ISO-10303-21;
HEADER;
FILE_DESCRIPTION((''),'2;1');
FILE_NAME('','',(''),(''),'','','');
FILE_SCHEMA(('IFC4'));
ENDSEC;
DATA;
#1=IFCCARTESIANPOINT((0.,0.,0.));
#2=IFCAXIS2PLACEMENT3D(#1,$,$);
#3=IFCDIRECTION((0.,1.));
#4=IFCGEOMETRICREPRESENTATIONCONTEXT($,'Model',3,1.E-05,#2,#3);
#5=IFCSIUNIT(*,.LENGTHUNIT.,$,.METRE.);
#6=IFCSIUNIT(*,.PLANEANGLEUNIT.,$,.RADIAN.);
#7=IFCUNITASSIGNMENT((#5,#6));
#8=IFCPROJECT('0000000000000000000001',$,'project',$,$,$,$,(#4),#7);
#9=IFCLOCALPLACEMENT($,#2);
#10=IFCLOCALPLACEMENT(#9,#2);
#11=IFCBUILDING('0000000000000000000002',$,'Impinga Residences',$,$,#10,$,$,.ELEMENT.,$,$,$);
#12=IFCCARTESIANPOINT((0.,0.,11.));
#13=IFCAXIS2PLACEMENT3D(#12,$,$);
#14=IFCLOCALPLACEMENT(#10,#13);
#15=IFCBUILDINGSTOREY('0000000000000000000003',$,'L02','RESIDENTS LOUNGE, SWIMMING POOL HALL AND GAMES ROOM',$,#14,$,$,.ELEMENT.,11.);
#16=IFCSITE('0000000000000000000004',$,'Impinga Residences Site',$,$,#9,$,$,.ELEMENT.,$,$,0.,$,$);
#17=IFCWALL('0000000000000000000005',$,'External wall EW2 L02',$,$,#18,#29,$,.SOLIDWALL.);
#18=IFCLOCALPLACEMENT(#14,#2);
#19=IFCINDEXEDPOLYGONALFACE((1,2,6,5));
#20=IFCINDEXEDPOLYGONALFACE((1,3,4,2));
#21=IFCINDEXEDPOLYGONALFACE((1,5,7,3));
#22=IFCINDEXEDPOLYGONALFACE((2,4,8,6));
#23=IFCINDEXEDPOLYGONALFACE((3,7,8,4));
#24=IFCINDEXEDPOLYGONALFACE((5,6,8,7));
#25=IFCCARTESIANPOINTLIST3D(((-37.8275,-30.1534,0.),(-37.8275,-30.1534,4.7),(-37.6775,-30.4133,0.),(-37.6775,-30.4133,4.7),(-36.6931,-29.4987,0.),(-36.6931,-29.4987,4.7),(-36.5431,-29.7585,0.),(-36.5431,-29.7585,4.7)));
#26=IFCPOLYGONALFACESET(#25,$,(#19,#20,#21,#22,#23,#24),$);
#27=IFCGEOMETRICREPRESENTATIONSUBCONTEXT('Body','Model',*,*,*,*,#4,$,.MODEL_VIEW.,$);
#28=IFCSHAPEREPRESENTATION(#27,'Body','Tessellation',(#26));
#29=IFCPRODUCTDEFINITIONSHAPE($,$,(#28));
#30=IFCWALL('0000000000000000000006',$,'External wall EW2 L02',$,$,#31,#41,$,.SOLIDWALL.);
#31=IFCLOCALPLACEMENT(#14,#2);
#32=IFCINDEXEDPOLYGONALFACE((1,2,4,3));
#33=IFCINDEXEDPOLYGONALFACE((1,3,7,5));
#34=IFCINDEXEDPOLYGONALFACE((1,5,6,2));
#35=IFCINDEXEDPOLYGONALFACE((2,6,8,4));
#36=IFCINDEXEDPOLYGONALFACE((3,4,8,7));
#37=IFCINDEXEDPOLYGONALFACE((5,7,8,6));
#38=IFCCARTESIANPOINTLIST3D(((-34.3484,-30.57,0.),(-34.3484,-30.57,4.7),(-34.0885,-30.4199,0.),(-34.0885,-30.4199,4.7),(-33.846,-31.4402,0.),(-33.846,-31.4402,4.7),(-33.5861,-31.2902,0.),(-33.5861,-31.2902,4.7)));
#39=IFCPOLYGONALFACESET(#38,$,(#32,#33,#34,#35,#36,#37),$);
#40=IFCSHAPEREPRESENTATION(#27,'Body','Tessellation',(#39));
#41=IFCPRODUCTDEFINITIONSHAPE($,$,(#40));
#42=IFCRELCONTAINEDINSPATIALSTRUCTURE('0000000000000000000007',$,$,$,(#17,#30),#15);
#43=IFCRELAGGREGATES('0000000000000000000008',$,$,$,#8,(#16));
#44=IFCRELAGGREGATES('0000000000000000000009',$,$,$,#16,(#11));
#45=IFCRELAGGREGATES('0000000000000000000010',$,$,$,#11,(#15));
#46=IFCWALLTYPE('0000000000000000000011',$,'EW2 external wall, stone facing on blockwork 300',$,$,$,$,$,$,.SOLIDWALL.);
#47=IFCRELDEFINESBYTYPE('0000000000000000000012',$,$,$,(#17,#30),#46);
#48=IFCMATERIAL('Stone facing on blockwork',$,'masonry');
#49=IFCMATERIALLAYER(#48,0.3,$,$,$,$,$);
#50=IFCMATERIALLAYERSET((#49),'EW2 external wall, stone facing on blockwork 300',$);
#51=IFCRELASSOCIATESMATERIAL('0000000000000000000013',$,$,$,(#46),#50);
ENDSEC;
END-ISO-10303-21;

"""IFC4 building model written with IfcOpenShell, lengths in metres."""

from ifc_helpers import new_model, si_unit, direction, frame, frame_2d, origin, place, context, subcontext, project, spatial, rectangle, extrude, material, layer, layer_set, type_object, element, save


model = new_model("IFC4")

# Units and contexts
model_context = context("Model", 3, precision=1e-05, world=origin(), true_north=direction((0.0, 1.0)))
body_context = subcontext(model_context, "Body", "Model", "MODEL_VIEW")
ifc_project = project(units=[si_unit("LENGTHUNIT", "METRE"), si_unit("PLANEANGLEUNIT", "RADIAN")], contexts=[model_context])

# Site, building, storey
site_placement = place(None, origin())
site = spatial("IfcSite", under=ifc_project, at=site_placement, Name="Impinga Residences Site", CompositionType="ELEMENT", RefElevation=0.0)
building_placement = place(site_placement, origin())
building = spatial("IfcBuilding", under=site, at=building_placement, Name="Impinga Residences", CompositionType="ELEMENT")
storey_placement = place(building_placement, frame((0.0, 0.0, 11.0)))
storey = spatial("IfcBuildingStorey", under=building, at=storey_placement, Name="L02", Description="RESIDENTS LOUNGE, SWIMMING POOL HALL AND GAMES ROOM", CompositionType="ELEMENT", Elevation=11.0)

# Wall
ifc_material_1 = material(Name="Stone facing on blockwork", Category="masonry")
ifc_layer_1 = layer(ifc_material_1, 0.3)
ifc_layer_set_1 = layer_set([ifc_layer_1], Name="EW2 external wall, stone facing on blockwork 300")
wall_type = type_object("IfcWallType", Name="EW2 external wall, stone facing on blockwork 300", PredefinedType="SOLIDWALL", material=ifc_layer_set_1)
wall_1_placement = place(storey_placement, frame((-36.6182, -29.6287, 0.0), z_axis=(0.0, 0.0, 1.0), x_axis=(-0.866102, -0.499868, 0.0)))
element("IfcWall", 1, at=wall_1_placement, inside=storey, type_object=wall_type, Name="External wall EW2 L02", PredefinedType="SOLIDWALL", context=body_context, shape_type="SweptSolid", body=[
    extrude(rectangle(XDim=1.3098, YDim=0.3, at=frame_2d((0.6548, 0.0))), origin(), (0.0, 0.0, 1.0), 4.7),
])

# Wall
wall_2_placement = place(storey_placement, frame((-33.7161, -31.3652, 0.0), z_axis=(0.0, 0.0, 1.0), x_axis=(-0.499954, 0.866052, 0.0)))
element("IfcWall", 2, at=wall_2_placement, inside=storey, type_object=wall_type, Name="External wall EW2 L02", PredefinedType="SOLIDWALL", context=body_context, shape_type="SweptSolid", body=[
    extrude(rectangle(XDim=1.0049, YDim=0.3, at=frame_2d((0.5024, 0.0))), origin(), (0.0, 0.0, 1.0), 4.7),
])

save(model, "model.ifc")
